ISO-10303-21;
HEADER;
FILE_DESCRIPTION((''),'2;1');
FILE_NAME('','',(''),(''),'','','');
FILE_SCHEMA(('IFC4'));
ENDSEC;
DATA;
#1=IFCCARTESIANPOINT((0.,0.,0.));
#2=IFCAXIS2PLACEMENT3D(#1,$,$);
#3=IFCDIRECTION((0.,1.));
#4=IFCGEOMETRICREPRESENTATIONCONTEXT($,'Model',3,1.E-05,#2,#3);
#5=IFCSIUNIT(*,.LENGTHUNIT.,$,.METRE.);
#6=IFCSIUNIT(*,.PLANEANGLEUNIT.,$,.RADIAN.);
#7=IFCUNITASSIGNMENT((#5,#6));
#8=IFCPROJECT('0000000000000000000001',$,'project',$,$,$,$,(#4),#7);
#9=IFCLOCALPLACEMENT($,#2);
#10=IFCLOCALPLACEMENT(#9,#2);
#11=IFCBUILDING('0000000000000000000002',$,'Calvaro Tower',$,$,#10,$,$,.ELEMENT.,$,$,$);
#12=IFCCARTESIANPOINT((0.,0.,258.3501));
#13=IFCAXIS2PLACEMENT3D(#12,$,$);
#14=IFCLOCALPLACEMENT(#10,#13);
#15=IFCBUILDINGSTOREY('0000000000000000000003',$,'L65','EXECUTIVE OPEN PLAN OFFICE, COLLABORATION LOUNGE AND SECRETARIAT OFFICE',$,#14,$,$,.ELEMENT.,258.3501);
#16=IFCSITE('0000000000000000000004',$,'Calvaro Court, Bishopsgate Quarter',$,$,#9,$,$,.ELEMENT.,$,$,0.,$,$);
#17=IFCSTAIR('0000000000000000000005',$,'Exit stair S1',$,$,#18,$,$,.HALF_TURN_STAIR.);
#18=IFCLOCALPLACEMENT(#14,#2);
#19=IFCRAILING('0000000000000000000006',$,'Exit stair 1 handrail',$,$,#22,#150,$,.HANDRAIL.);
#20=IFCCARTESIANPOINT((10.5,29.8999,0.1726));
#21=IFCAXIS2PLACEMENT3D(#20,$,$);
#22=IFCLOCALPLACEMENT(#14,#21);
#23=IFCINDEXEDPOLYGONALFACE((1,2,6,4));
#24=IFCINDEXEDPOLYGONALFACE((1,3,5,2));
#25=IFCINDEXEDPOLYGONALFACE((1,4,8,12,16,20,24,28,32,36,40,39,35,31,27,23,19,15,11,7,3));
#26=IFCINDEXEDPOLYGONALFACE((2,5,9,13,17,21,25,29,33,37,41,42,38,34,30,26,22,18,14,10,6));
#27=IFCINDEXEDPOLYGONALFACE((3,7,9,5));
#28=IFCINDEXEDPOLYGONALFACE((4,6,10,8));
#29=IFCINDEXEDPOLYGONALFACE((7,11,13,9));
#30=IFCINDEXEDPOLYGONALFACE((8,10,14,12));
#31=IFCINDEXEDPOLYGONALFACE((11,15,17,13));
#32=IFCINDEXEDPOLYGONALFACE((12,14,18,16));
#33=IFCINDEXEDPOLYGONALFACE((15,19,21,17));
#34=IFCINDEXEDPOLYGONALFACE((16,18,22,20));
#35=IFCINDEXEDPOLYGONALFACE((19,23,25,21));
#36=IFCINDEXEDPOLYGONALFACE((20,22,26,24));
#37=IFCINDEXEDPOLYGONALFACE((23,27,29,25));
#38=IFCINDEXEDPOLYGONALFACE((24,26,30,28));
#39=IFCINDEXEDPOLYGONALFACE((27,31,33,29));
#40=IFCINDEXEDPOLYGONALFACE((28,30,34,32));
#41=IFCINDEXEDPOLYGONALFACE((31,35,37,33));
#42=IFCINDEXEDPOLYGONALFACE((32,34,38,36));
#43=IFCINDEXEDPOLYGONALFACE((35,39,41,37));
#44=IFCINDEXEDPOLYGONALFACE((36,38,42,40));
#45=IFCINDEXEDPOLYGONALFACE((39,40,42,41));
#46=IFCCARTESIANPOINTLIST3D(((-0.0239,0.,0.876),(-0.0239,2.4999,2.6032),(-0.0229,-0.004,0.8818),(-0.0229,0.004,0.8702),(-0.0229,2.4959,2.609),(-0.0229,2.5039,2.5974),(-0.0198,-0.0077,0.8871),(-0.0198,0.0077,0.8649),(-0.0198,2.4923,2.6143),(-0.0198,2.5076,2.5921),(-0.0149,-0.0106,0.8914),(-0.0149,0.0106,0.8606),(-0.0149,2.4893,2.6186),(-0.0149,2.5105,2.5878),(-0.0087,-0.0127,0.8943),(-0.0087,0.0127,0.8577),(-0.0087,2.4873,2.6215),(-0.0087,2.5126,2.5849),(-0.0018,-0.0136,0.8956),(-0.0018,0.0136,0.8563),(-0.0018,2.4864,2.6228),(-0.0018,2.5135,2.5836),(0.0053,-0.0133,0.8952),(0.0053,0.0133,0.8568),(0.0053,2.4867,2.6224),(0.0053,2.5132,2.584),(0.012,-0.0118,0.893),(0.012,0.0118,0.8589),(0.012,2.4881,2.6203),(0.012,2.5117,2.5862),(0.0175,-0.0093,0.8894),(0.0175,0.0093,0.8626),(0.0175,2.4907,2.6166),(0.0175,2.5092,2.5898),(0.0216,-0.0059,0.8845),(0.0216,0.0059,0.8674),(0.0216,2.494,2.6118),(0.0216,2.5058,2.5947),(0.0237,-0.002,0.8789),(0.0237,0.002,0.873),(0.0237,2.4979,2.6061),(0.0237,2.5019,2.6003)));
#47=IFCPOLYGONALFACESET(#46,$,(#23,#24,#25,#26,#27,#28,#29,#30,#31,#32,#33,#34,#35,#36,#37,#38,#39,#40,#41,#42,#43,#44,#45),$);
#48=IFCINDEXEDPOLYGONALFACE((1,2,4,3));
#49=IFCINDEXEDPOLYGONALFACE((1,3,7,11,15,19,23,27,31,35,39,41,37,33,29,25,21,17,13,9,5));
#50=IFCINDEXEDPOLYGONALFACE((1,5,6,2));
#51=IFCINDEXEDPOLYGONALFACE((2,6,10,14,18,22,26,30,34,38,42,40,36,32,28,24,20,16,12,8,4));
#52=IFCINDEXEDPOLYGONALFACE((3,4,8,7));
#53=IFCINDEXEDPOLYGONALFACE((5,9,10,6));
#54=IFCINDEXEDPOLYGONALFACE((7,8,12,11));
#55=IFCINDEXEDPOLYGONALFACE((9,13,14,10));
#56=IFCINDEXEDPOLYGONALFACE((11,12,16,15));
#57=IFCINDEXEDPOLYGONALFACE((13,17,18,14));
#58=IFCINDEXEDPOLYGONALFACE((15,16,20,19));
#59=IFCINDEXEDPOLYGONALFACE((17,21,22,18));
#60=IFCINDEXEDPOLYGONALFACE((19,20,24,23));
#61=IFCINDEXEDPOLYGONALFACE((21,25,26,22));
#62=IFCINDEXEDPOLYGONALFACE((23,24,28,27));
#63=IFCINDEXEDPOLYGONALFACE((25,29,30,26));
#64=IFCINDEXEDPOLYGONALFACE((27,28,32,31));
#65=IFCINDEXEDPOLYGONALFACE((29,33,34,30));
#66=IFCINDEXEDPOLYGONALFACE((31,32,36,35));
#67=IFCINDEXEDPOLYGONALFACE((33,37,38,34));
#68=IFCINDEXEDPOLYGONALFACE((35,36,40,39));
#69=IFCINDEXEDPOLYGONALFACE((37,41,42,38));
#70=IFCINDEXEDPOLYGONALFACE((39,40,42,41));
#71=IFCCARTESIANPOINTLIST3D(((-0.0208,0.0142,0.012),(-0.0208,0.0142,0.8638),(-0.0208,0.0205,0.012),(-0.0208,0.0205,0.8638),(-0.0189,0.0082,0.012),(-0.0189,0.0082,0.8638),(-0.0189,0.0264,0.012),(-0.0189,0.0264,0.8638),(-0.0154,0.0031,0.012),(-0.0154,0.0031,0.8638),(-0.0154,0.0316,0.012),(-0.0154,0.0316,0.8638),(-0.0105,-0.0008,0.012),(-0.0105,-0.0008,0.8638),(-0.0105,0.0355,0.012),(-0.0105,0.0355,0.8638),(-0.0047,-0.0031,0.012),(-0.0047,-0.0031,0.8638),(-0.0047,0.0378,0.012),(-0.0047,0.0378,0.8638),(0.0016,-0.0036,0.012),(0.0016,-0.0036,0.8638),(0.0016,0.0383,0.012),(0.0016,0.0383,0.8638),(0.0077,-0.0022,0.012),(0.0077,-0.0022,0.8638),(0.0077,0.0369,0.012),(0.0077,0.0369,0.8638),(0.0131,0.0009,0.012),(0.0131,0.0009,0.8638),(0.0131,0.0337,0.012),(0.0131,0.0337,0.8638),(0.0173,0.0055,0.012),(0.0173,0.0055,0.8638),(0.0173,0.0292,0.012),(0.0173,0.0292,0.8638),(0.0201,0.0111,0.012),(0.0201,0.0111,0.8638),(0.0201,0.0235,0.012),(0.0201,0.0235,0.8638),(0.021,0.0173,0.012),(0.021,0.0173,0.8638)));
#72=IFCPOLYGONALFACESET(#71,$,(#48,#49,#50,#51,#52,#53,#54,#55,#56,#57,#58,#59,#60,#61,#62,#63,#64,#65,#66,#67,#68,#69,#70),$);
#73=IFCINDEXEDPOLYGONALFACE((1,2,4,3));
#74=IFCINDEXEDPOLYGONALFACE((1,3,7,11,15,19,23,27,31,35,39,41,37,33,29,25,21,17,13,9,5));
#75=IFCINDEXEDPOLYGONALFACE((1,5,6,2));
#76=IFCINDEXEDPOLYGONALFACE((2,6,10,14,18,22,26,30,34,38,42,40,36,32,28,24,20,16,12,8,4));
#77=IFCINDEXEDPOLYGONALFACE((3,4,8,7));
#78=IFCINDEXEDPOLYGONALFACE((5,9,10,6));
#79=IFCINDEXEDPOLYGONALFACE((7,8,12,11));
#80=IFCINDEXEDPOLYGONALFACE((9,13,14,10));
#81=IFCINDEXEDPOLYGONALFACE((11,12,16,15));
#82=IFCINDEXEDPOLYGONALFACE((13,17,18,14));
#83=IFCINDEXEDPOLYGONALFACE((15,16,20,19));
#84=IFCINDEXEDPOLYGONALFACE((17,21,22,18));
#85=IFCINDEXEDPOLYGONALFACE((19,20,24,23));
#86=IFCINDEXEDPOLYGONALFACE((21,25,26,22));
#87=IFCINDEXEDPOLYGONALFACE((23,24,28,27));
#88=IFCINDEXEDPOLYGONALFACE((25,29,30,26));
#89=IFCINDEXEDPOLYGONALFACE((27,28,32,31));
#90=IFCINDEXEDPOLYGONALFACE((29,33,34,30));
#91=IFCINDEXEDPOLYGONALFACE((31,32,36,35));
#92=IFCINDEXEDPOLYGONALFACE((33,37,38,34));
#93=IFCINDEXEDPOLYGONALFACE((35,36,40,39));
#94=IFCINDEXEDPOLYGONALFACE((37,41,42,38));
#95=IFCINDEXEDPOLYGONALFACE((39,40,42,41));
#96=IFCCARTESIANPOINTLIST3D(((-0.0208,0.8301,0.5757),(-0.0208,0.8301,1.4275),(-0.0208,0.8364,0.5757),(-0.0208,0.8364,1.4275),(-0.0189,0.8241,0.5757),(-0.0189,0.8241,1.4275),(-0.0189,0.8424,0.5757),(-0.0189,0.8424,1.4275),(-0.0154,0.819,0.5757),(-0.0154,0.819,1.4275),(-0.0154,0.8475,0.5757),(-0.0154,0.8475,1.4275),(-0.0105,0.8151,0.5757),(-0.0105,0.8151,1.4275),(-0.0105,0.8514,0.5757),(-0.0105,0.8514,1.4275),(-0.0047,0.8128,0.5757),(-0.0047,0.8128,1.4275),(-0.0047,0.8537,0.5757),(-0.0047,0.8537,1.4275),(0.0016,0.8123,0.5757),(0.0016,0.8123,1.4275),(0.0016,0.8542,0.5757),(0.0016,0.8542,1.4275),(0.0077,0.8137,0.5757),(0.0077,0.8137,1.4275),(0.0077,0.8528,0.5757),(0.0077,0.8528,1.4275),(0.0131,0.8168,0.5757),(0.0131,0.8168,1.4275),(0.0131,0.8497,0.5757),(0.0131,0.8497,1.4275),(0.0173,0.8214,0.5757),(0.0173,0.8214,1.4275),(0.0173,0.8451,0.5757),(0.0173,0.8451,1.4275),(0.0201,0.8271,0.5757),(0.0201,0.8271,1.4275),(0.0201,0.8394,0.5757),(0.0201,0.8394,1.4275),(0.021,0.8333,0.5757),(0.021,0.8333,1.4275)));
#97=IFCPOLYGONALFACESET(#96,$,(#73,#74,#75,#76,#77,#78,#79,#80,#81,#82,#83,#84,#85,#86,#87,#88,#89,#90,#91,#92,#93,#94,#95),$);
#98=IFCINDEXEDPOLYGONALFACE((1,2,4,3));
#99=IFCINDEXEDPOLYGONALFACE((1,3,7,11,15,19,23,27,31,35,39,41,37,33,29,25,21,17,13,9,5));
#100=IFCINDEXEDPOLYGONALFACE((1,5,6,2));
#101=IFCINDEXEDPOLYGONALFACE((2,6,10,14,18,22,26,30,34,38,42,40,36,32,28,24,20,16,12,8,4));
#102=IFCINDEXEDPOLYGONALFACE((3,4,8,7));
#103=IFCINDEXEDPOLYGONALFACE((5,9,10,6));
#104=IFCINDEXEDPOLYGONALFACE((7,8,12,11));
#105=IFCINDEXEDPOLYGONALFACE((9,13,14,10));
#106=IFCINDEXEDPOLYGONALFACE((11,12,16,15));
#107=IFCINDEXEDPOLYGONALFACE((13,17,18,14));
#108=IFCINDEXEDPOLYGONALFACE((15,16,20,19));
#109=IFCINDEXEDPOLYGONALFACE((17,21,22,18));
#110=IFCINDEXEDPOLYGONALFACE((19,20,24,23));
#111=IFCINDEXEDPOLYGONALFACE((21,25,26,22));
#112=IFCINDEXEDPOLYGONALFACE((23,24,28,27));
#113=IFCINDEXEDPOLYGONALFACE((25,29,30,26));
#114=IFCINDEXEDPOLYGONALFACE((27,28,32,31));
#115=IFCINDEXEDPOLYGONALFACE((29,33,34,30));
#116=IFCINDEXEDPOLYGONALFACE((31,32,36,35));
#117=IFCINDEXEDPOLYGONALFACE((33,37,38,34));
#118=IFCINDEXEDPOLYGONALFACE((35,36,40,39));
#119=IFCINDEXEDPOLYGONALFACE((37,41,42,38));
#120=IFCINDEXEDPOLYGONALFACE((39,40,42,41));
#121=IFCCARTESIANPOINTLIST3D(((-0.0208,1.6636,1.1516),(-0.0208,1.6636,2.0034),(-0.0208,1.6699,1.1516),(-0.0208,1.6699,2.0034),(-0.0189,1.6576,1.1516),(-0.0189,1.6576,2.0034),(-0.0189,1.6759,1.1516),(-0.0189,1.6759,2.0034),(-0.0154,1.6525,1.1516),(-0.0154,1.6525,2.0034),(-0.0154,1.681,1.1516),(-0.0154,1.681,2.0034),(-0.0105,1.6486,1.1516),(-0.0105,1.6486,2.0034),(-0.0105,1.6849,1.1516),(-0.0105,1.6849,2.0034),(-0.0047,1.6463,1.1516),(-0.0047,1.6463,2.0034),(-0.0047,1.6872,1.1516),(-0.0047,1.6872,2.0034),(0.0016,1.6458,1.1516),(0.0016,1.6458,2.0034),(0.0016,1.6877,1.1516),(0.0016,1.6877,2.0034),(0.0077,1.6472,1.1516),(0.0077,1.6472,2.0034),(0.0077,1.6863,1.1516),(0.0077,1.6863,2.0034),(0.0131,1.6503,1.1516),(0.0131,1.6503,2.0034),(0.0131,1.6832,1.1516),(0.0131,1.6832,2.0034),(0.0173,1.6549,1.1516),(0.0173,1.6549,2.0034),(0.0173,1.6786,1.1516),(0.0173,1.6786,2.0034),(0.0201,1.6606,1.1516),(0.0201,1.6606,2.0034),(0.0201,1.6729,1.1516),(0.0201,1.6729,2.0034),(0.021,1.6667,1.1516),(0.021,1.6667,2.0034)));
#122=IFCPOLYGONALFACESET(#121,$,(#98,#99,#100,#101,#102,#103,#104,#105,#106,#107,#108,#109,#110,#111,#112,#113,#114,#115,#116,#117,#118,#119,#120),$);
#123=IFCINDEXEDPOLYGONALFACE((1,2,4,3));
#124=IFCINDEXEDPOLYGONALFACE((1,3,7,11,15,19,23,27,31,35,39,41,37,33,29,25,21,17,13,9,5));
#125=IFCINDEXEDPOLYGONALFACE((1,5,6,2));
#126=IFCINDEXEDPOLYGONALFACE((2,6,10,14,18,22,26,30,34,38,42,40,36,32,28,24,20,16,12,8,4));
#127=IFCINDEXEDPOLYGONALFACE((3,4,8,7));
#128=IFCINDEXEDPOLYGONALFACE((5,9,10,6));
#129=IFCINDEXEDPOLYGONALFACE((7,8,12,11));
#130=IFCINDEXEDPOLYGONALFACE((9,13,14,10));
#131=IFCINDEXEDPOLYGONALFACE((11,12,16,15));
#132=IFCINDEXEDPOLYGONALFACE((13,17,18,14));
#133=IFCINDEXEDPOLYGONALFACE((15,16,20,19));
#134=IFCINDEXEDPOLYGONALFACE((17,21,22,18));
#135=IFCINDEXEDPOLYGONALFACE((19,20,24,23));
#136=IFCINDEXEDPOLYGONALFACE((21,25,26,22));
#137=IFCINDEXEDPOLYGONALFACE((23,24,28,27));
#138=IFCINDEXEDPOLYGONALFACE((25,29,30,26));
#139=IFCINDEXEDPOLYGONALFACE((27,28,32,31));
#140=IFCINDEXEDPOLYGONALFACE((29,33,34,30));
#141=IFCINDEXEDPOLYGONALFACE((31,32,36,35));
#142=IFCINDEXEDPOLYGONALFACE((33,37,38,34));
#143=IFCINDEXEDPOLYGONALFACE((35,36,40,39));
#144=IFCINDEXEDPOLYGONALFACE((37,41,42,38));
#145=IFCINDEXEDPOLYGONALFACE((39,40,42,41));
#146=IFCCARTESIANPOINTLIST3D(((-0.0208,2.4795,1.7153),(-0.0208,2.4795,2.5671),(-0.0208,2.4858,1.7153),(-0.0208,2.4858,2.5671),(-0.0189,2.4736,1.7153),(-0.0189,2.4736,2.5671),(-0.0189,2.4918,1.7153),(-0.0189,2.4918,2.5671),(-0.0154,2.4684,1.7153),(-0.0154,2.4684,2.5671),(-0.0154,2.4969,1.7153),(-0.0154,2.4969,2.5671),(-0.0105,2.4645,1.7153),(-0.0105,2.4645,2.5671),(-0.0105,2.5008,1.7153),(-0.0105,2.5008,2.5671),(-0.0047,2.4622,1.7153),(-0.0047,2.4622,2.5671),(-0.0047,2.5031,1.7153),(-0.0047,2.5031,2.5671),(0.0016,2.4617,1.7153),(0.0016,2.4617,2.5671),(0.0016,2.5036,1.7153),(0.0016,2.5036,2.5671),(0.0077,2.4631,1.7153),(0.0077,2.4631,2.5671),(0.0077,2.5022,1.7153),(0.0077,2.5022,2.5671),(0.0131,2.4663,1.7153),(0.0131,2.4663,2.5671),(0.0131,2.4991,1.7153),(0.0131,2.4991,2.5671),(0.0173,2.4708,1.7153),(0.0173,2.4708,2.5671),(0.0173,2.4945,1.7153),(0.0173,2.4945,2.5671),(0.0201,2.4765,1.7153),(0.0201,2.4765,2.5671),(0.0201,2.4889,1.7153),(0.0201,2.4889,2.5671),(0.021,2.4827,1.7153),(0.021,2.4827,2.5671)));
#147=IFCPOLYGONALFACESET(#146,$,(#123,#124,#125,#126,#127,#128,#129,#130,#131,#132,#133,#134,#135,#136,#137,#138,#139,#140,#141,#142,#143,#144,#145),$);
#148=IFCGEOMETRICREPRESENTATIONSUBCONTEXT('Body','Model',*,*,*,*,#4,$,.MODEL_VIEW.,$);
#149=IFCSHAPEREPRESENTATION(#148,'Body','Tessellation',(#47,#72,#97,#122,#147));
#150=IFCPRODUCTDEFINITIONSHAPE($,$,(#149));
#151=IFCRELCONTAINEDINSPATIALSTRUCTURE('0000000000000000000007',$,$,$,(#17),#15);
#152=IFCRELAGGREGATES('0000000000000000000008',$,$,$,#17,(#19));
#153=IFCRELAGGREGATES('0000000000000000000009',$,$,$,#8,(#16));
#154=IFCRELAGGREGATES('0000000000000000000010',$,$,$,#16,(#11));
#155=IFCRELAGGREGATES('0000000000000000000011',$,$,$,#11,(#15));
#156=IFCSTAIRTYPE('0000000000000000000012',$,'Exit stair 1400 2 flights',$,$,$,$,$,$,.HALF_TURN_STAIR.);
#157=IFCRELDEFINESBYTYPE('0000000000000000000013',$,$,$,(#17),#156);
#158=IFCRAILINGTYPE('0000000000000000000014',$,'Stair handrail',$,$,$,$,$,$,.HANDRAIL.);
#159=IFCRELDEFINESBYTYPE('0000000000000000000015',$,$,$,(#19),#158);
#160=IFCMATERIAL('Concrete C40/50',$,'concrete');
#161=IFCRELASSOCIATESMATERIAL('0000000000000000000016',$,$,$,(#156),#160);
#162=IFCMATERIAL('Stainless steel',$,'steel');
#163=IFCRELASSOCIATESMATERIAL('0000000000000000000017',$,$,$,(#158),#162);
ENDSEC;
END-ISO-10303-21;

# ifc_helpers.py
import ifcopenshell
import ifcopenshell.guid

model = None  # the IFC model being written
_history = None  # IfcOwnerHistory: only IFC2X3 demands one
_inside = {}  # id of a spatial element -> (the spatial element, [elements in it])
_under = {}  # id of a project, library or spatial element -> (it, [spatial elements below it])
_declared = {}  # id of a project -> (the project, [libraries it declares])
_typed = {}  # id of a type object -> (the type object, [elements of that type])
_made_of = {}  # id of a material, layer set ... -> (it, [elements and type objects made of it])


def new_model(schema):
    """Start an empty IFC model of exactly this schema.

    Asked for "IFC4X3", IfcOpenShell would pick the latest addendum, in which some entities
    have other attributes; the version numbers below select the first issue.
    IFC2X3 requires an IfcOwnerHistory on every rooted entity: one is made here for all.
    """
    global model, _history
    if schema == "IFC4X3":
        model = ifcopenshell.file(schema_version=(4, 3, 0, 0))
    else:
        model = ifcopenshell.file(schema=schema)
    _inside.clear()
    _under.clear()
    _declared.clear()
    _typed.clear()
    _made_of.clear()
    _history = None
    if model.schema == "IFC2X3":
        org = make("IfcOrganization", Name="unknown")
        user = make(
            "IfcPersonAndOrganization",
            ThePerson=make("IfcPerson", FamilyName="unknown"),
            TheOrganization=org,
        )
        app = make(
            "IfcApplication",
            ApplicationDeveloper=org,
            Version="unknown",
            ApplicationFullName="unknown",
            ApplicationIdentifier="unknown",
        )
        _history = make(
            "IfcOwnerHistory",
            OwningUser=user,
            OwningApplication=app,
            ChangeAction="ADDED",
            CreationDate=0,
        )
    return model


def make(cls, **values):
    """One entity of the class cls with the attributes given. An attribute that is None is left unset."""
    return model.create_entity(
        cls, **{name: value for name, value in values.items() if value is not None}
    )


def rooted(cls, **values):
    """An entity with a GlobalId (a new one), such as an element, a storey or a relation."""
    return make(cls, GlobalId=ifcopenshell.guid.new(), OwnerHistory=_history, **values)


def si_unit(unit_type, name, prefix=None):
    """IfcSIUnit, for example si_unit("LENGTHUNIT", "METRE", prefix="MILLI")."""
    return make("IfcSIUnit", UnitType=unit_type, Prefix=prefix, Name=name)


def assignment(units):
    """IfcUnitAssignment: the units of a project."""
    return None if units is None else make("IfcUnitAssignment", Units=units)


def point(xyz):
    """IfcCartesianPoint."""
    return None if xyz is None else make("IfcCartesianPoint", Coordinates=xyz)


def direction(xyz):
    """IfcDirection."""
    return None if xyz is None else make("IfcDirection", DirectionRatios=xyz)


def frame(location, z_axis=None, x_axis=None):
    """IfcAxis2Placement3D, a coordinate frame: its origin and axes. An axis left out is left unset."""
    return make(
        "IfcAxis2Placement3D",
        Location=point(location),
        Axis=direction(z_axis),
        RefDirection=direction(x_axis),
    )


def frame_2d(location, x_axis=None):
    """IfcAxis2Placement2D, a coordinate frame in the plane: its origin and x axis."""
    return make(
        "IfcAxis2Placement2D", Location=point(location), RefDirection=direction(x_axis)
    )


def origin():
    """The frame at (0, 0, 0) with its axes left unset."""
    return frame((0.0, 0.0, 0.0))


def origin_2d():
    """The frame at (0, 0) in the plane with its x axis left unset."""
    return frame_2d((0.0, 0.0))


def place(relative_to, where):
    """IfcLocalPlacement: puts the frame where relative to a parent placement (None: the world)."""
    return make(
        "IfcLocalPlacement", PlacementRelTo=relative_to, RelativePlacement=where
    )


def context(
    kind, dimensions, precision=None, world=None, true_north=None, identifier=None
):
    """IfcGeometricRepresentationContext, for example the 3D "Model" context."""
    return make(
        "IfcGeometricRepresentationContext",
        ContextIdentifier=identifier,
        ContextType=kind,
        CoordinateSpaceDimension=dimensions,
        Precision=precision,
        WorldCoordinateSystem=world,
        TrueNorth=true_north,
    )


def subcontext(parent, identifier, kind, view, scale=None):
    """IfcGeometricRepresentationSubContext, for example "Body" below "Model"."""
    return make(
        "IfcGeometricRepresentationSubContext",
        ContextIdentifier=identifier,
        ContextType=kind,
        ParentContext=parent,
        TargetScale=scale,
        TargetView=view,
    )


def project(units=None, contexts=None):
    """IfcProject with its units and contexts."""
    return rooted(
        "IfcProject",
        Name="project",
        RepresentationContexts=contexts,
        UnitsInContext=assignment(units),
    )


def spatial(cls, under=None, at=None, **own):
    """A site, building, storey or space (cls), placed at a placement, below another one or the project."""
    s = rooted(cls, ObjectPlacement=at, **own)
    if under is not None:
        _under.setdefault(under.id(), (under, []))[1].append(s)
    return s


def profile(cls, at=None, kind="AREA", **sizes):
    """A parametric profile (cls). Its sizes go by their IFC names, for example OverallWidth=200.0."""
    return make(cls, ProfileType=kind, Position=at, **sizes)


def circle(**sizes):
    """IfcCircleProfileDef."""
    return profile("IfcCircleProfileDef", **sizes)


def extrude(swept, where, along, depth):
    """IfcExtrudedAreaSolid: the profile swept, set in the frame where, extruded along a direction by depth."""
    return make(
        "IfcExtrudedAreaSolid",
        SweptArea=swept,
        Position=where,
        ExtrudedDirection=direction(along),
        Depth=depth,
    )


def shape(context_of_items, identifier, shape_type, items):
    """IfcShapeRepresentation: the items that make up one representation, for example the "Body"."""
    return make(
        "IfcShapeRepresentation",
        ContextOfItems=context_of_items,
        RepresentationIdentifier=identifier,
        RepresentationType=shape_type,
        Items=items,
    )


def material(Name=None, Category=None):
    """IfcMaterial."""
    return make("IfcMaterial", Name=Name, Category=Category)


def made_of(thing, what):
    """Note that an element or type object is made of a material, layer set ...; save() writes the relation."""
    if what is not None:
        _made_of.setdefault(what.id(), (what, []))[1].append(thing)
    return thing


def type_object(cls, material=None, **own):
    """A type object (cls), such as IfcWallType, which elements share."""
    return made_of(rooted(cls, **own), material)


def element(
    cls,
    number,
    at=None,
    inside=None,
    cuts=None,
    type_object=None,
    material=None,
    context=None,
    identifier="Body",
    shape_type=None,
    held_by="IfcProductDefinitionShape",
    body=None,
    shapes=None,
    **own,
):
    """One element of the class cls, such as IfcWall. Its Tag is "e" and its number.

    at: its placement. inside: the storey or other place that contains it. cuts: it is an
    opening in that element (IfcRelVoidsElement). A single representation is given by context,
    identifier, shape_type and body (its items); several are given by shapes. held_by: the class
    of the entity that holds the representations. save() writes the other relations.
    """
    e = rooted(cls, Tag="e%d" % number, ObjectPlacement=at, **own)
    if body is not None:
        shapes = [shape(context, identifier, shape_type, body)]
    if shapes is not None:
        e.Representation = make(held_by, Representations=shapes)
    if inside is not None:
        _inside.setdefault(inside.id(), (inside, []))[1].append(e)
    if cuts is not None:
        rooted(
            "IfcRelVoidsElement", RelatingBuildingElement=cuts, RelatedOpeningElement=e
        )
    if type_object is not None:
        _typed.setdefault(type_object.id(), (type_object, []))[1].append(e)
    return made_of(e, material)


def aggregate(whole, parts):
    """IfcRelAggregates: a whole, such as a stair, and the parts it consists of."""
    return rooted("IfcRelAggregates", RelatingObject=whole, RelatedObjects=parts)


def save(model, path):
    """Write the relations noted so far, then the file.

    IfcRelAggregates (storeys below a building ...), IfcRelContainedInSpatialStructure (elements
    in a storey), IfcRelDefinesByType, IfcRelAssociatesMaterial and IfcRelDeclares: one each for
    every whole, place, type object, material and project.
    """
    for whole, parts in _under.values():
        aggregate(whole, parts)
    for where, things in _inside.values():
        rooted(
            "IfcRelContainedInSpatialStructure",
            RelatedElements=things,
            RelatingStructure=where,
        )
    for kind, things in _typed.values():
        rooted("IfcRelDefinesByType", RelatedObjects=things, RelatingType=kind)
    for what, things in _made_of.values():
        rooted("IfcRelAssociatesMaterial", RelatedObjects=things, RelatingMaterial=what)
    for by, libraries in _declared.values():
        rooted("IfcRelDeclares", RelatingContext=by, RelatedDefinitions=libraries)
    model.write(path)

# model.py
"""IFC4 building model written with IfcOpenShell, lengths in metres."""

from ifc_helpers import new_model, si_unit, direction, frame, origin, origin_2d, place, context, subcontext, project, spatial, circle, extrude, material, type_object, element, aggregate, save


model = new_model("IFC4")

# Units and contexts
model_context = context("Model", 3, precision=1e-05, world=origin(), true_north=direction((0.0, 1.0)))
body_context = subcontext(model_context, "Body", "Model", "MODEL_VIEW")
ifc_project = project(units=[si_unit("LENGTHUNIT", "METRE"), si_unit("PLANEANGLEUNIT", "RADIAN")], contexts=[model_context])

# Site, building, storey
site_placement = place(None, origin())
site = spatial("IfcSite", under=ifc_project, at=site_placement, Name="Calvaro Court, Bishopsgate Quarter", CompositionType="ELEMENT", RefElevation=0.0)
building_placement = place(site_placement, origin())
building = spatial("IfcBuilding", under=site, at=building_placement, Name="Calvaro Tower", CompositionType="ELEMENT")
storey_placement = place(building_placement, frame((0.0, 0.0, 258.3501)))
storey = spatial("IfcBuildingStorey", under=building, at=storey_placement, Name="L65", Description="EXECUTIVE OPEN PLAN OFFICE, COLLABORATION LOUNGE AND SECRETARIAT OFFICE", CompositionType="ELEMENT", Elevation=258.3501)

# Stair, railing
ifc_material_1 = material(Name="Concrete C40/50", Category="concrete")
stair_type = type_object("IfcStairType", Name="Exit stair 1400 2 flights", PredefinedType="HALF_TURN_STAIR", material=ifc_material_1)
stair_placement = place(storey_placement, origin())
stair = element("IfcStair", 1, at=stair_placement, inside=storey, type_object=stair_type, Name="Exit stair S1", PredefinedType="HALF_TURN_STAIR")
ifc_material_2 = material(Name="Stainless steel", Category="steel")
railing_type = type_object("IfcRailingType", Name="Stair handrail", PredefinedType="HANDRAIL", material=ifc_material_2)
railing_1_placement = place(storey_placement, frame((10.5, 29.8999, 0.1726)))
railing_1 = element("IfcRailing", 2, at=railing_1_placement, type_object=railing_type, Name="Exit stair 1 handrail", PredefinedType="HANDRAIL", context=body_context, shape_type="SweptSolid", body=[
    extrude(circle(Radius=0.0239, at=origin_2d()), frame((0.0, 0.0, 0.876), z_axis=(0.0, 0.822727, 0.568437), x_axis=(-1.0, 0.0, 0.0)), (0.0, 0.0, 1.0), 3.0386),
    extrude(circle(Radius=0.021, at=origin_2d()), frame((0.0, 0.0173, 0.012)), (0.0, 0.0, 1.0), 0.8518),
    extrude(circle(Radius=0.021, at=origin_2d()), frame((0.0, 0.8333, 0.5757)), (0.0, 0.0, 1.0), 0.8518),
    extrude(circle(Radius=0.021, at=origin_2d()), frame((0.0, 1.6667, 1.1516)), (0.0, 0.0, 1.0), 0.8518),
    extrude(circle(Radius=0.021, at=origin_2d()), frame((0.0, 2.4827, 1.7153)), (0.0, 0.0, 1.0), 0.8518),
])
aggregate(stair, [railing_1])

save(model, "model.ifc")
